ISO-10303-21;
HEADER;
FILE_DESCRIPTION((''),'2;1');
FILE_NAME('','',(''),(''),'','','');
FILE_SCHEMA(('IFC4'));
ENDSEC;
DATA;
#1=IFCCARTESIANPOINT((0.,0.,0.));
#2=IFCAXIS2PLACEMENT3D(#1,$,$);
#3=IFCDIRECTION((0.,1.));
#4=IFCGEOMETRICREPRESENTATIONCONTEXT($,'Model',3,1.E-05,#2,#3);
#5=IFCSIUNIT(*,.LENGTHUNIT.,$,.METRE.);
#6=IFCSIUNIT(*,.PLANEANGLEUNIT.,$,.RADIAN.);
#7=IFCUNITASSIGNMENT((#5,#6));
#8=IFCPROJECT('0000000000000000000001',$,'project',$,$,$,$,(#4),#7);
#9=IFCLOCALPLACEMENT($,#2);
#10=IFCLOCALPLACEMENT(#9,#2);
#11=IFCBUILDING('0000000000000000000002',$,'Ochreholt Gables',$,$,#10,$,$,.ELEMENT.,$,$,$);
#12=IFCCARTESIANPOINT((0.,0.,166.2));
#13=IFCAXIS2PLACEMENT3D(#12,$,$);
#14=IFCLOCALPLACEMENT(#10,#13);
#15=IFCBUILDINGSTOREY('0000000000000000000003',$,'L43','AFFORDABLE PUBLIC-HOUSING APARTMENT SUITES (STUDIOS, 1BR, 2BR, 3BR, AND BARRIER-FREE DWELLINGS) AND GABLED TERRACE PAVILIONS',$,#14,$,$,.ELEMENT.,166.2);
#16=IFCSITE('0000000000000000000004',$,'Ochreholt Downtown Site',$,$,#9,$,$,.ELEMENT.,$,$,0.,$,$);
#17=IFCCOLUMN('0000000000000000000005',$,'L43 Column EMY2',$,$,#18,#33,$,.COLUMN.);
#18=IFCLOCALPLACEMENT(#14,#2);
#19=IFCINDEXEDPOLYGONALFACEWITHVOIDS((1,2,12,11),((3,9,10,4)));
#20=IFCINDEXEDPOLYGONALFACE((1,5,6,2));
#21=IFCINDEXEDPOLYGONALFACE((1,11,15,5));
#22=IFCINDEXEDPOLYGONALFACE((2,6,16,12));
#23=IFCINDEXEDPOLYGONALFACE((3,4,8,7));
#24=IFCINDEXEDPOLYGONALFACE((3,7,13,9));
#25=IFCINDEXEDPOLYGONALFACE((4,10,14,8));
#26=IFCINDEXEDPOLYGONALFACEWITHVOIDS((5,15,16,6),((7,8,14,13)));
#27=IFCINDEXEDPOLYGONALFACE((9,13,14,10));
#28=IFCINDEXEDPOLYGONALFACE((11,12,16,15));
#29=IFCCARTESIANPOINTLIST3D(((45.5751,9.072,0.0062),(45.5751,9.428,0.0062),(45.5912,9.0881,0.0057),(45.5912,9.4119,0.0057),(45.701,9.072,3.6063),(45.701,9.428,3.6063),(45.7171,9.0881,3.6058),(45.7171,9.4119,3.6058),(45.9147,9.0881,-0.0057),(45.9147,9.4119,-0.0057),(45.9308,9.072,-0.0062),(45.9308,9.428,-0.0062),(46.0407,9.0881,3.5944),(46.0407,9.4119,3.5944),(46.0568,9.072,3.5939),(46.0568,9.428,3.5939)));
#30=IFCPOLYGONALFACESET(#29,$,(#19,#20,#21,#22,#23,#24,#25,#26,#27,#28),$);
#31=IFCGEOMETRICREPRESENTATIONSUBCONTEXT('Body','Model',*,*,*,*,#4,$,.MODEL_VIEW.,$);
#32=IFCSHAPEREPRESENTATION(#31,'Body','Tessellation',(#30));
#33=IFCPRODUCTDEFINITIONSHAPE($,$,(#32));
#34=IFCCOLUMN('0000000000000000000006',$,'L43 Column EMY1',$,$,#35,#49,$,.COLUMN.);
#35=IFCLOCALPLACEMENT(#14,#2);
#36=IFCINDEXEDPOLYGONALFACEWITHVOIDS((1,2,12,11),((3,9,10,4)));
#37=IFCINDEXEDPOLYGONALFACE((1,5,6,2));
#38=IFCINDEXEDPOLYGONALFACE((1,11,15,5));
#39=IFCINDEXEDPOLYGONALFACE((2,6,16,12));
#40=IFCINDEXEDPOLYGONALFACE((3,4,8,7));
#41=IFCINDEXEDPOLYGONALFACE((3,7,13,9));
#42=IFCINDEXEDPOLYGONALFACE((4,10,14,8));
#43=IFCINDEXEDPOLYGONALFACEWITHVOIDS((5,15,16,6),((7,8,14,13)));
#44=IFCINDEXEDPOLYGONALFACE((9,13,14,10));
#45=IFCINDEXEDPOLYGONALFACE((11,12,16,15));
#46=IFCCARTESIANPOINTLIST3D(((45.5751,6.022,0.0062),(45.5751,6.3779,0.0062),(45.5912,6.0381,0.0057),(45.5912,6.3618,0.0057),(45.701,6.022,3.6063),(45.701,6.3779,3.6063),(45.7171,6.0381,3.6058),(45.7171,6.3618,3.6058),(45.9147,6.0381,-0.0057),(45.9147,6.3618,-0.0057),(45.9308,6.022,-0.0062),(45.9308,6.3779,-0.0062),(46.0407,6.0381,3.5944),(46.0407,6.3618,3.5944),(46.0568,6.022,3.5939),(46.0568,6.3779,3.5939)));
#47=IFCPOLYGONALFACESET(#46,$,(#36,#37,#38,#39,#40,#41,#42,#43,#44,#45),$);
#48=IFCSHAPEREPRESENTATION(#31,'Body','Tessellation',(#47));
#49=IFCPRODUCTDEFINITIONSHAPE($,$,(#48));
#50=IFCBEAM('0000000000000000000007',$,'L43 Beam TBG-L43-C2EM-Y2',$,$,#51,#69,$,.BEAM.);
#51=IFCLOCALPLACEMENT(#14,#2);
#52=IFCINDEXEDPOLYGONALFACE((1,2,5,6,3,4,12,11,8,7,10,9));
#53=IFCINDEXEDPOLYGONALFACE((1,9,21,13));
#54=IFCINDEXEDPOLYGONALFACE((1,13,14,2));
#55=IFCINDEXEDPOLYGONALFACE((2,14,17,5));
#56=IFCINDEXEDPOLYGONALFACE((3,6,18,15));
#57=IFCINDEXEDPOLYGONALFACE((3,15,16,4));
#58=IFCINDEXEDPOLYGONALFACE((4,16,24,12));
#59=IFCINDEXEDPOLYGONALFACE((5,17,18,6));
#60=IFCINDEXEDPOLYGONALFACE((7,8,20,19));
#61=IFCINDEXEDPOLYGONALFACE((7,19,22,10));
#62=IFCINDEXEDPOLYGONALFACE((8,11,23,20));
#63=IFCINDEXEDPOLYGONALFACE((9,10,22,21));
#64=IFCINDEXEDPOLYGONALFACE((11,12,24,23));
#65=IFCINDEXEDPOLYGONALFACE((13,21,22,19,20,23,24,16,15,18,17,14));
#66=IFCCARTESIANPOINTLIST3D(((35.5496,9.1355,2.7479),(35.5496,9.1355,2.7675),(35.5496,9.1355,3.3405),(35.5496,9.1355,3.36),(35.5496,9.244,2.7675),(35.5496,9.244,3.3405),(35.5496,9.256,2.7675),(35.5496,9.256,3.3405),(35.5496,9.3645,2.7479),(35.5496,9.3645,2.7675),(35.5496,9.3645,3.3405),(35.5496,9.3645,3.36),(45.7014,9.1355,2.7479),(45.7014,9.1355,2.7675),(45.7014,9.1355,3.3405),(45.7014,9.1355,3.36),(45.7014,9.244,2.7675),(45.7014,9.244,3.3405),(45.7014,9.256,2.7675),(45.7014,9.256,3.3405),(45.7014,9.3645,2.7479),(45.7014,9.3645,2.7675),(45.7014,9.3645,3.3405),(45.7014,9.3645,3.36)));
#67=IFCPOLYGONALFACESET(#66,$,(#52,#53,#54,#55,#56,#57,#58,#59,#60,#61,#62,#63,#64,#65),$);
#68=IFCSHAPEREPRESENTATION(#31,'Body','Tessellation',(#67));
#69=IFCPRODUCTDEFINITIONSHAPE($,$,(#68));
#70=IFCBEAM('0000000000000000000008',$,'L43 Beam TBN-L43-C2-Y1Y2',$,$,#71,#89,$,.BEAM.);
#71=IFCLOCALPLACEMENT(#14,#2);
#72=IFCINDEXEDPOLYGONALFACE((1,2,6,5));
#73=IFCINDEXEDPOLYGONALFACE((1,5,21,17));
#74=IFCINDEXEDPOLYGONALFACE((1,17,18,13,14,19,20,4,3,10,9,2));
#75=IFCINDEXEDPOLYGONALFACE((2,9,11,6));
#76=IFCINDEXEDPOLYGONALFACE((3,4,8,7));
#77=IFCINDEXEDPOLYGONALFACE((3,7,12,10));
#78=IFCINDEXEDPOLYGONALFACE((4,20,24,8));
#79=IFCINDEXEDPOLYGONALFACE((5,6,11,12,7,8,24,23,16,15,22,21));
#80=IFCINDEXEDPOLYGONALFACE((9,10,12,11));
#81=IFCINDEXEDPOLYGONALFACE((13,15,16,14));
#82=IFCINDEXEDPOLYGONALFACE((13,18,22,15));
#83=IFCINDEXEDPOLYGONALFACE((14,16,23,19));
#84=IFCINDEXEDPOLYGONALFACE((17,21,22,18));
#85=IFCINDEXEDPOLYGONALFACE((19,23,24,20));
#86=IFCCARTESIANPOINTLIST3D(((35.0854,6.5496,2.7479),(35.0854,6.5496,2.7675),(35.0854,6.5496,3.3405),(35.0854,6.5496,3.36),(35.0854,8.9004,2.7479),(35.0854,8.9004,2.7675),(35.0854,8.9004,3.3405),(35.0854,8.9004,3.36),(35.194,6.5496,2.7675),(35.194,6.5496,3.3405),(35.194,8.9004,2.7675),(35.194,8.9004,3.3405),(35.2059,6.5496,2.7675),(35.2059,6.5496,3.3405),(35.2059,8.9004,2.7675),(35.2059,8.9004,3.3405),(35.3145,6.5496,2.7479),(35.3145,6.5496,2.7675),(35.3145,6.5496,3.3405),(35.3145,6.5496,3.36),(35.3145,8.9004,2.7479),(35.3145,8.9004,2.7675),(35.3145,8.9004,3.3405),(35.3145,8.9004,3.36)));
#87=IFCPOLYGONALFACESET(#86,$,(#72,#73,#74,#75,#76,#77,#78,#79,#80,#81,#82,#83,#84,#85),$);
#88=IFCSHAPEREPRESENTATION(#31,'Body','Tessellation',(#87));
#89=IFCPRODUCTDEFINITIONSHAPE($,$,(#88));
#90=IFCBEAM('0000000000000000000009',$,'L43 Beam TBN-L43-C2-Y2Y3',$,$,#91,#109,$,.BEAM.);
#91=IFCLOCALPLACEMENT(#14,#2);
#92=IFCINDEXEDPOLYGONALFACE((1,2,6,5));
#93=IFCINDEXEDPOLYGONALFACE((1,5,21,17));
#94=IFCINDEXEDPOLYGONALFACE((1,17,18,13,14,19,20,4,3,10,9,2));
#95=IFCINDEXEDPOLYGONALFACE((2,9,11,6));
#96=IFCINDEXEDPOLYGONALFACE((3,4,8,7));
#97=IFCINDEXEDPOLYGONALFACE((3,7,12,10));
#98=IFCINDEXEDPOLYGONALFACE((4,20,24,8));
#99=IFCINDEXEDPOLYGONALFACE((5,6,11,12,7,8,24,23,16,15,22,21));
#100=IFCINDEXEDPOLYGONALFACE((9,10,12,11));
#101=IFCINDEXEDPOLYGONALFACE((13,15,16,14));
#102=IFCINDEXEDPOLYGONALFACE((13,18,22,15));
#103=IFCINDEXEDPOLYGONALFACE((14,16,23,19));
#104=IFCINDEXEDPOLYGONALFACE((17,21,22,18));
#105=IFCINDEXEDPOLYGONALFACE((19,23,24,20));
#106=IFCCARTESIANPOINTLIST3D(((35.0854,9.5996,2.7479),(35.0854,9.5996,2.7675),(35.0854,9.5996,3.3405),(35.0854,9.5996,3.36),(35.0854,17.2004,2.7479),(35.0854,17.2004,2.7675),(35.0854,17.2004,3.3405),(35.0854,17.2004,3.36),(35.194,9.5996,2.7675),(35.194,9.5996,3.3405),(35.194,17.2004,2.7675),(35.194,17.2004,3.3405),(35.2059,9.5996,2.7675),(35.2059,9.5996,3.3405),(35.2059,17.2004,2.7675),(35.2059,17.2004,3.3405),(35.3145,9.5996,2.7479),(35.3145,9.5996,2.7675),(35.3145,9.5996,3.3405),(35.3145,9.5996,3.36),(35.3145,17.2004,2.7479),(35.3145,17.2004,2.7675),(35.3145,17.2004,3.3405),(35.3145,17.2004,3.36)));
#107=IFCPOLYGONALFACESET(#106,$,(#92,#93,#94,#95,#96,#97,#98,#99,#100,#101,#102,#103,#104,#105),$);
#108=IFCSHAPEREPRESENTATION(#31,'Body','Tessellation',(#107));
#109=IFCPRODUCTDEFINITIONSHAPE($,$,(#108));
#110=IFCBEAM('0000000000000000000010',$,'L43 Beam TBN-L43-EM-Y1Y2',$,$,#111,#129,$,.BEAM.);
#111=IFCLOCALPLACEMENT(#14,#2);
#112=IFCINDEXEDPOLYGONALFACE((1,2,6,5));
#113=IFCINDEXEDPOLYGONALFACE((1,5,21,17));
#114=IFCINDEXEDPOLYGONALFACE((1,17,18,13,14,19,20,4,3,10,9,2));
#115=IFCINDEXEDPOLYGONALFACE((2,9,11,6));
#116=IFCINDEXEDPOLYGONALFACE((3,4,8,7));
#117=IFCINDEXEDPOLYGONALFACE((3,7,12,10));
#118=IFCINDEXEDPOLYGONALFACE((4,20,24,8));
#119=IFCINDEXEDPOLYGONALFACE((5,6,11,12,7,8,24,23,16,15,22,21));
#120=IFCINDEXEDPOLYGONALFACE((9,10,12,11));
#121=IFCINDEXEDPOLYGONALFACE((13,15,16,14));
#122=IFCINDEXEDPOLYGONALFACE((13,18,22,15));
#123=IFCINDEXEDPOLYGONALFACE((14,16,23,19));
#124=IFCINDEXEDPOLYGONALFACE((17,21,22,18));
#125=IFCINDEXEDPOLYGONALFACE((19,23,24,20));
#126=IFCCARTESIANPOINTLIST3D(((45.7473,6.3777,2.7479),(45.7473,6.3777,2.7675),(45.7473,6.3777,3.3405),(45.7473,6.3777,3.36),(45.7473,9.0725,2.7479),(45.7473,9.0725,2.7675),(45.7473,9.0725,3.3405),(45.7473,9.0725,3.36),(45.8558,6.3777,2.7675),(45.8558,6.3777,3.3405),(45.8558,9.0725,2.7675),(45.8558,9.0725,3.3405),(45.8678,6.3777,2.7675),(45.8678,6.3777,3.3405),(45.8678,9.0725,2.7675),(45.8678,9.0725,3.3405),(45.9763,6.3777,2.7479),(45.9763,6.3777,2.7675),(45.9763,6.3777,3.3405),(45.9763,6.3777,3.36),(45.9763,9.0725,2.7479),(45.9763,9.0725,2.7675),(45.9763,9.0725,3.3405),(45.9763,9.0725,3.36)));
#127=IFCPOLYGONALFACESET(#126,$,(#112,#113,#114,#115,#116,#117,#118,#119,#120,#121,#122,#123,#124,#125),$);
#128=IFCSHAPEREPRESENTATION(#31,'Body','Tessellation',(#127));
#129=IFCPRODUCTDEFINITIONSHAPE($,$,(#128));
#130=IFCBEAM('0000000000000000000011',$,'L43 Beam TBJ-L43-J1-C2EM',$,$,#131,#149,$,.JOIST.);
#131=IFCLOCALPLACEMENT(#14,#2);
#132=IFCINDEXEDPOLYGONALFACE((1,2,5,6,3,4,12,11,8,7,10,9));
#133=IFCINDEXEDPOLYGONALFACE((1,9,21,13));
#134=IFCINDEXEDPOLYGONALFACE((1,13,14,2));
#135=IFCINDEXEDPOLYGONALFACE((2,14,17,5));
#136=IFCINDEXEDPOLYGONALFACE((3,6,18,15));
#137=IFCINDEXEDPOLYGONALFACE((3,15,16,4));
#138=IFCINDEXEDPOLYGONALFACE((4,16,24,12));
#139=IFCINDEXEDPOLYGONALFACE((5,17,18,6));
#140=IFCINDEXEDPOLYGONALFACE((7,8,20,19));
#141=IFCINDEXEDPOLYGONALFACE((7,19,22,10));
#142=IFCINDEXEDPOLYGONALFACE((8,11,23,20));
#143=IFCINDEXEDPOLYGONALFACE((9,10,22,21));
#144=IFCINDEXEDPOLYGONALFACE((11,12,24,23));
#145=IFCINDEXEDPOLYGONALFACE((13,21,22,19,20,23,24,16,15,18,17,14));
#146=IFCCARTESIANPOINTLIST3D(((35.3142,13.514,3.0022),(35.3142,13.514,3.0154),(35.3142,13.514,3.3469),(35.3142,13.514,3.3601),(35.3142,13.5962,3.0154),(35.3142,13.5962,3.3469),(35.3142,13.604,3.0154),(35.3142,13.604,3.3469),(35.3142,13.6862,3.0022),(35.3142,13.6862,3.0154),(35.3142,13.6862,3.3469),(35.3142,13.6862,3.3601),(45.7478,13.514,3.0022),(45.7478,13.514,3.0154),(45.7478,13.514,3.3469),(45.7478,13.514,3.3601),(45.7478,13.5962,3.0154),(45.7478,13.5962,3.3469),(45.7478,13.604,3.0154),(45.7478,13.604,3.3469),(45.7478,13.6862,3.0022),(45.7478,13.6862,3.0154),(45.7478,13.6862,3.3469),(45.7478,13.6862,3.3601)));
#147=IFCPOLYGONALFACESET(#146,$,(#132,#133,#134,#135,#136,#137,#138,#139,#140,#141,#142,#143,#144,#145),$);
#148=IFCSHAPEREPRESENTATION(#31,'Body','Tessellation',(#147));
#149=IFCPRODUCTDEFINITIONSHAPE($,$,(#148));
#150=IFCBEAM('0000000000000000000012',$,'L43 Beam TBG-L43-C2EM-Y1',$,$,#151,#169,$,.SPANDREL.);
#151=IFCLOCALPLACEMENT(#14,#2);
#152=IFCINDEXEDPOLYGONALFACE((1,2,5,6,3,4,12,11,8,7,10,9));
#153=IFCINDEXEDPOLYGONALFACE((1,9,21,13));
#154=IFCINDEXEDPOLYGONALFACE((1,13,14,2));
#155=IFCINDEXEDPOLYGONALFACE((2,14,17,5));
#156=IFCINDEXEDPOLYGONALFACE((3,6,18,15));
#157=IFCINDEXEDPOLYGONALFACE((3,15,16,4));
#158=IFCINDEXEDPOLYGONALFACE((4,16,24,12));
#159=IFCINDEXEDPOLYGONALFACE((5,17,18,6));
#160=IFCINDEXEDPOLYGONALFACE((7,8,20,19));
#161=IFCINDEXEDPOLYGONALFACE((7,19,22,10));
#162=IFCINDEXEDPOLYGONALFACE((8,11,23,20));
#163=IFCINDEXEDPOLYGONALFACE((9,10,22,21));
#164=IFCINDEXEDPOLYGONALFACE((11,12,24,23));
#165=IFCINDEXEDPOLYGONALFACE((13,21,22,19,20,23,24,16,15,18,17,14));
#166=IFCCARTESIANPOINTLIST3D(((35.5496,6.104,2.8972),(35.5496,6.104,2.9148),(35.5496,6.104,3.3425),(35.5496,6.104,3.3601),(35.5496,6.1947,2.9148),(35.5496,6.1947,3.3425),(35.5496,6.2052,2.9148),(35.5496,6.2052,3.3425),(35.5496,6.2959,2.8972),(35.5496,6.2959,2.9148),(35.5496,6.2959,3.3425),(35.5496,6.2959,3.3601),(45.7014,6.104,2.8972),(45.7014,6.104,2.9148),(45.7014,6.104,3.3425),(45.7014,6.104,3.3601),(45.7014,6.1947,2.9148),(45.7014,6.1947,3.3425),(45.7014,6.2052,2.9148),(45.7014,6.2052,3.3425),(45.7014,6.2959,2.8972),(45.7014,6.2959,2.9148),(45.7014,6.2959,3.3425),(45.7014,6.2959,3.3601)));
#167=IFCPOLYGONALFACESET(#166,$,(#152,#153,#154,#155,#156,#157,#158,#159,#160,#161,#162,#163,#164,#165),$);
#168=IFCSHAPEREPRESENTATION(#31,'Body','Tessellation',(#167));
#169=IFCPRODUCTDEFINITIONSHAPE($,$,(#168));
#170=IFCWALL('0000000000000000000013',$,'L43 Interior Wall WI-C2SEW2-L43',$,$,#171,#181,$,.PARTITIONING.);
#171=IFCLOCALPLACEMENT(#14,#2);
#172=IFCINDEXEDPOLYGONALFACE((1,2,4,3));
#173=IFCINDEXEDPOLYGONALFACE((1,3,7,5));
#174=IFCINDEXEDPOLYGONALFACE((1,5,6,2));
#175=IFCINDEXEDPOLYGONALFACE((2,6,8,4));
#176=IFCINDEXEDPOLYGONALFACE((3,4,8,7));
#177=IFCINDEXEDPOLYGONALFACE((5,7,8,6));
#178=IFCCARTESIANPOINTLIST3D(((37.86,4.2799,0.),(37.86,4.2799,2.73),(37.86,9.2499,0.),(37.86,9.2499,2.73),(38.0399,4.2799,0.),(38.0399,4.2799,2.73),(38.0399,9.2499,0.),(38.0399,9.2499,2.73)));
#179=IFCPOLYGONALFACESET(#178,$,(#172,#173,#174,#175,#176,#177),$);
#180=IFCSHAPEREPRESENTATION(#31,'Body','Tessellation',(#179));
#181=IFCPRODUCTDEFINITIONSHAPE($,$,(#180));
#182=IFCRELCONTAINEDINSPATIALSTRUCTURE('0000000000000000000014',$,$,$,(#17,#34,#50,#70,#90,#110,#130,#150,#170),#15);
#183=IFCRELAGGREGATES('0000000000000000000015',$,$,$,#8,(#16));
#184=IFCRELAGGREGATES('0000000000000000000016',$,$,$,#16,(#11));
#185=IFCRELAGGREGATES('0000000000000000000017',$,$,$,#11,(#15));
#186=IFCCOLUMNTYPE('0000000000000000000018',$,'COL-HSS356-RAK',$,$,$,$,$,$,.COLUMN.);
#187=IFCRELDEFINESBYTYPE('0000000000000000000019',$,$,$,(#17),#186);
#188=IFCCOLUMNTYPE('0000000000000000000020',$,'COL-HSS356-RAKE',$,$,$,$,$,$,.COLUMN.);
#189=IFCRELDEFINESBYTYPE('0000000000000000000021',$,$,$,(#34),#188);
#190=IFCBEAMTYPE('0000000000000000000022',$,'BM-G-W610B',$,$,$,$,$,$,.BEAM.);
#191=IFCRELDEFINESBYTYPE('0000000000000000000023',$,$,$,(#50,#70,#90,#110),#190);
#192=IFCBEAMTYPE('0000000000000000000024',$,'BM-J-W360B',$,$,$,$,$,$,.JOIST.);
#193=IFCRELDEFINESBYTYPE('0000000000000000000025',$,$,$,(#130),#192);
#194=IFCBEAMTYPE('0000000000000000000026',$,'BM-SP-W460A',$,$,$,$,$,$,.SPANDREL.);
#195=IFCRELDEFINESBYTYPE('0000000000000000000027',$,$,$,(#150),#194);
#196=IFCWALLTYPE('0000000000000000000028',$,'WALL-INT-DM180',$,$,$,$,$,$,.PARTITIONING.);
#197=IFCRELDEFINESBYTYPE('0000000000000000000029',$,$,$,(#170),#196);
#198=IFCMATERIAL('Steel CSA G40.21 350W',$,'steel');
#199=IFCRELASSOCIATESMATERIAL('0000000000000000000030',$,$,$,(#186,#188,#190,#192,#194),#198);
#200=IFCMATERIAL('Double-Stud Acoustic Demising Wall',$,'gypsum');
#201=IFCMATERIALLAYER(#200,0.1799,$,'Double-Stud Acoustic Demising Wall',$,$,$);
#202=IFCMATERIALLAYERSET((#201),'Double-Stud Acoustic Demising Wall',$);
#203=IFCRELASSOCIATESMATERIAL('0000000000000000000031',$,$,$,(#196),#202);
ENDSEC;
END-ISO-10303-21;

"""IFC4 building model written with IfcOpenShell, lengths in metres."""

from ifc_helpers import new_model, si_unit, direction, frame, frame_2d, origin, origin_2d, place, context, subcontext, project, spatial, rectangle, hollow_rectangle, i_section, extrude, material, layer, layer_set, material_profile, profile_set, type_object, element, save


model = new_model("IFC4")

# Units and contexts
model_context = context("Model", 3, precision=1e-05, world=origin(), true_north=direction((0.0, 1.0)))
body_context = subcontext(model_context, "Body", "Model", "MODEL_VIEW")
ifc_project = project(units=[si_unit("LENGTHUNIT", "METRE"), si_unit("PLANEANGLEUNIT", "RADIAN")], contexts=[model_context])

# Site, building, storey
site_placement = place(None, origin())
site = spatial("IfcSite", under=ifc_project, at=site_placement, Name="Ochreholt Downtown Site", CompositionType="ELEMENT", RefElevation=0.0)
building_placement = place(site_placement, origin())
building = spatial("IfcBuilding", under=site, at=building_placement, Name="Ochreholt Gables", CompositionType="ELEMENT")
storey_placement = place(building_placement, frame((0.0, 0.0, 166.2)))
storey = spatial("IfcBuildingStorey", under=building, at=storey_placement, Name="L43", Description="AFFORDABLE PUBLIC-HOUSING APARTMENT SUITES (STUDIOS, 1BR, 2BR, 3BR, AND BARRIER-FREE DWELLINGS) AND GABLED TERRACE PAVILIONS", CompositionType="ELEMENT", Elevation=166.2)

# Columns
ifc_material_1 = material(Name="Steel CSA G40.21 350W", Category="steel")
ifc_material_profile_1 = material_profile(ifc_material_1, hollow_rectangle(XDim=0.356, YDim=0.356, WallThickness=0.0161, at=origin_2d()), Name="HSS356X356X16")
ifc_profile_set_1 = profile_set([ifc_material_profile_1], Name="Steel CSA G40.21 350W")
column_type_1 = type_object("IfcColumnType", Name="COL-HSS356-RAK", PredefinedType="COLUMN", material=ifc_profile_set_1)
column_1_placement = place(storey_placement, frame((45.7529, 9.25, 0.0), z_axis=(0.034971, 0.0, 0.999388), x_axis=(0.0, 1.0, 0.0)))
element("IfcColumn", 1, at=column_1_placement, inside=storey, type_object=column_type_1, Name="L43 Column EMY2", PredefinedType="COLUMN", context=body_context, shape_type="SweptSolid", body=[
    extrude(hollow_rectangle(XDim=0.356, YDim=0.356, WallThickness=0.0161, at=origin_2d()), origin(), (0.0, 0.0, 1.0), 3.6023),
])
ifc_material_profile_2 = material_profile(ifc_material_1, hollow_rectangle(XDim=0.356, YDim=0.356, WallThickness=0.0161, at=origin_2d()), Name="HSS356X356X16")
ifc_profile_set_2 = profile_set([ifc_material_profile_2], Name="Steel CSA G40.21 350W")
column_type_2 = type_object("IfcColumnType", Name="COL-HSS356-RAKE", PredefinedType="COLUMN", material=ifc_profile_set_2)
column_2_placement = place(storey_placement, frame((45.7529, 6.2, 0.0), z_axis=(0.034971, 0.0, 0.999388), x_axis=(0.0, 1.0, 0.0)))
element("IfcColumn", 2, at=column_2_placement, inside=storey, type_object=column_type_2, Name="L43 Column EMY1", PredefinedType="COLUMN", context=body_context, shape_type="SweptSolid", body=[
    extrude(hollow_rectangle(XDim=0.356, YDim=0.356, WallThickness=0.0161, at=origin_2d()), origin(), (0.0, 0.0, 1.0), 3.6023),
])

# Beams
ifc_material_profile_3 = material_profile(ifc_material_1, i_section(OverallWidth=0.229, OverallDepth=0.6121, WebThickness=0.012, FlangeThickness=0.0195, at=origin_2d()), Name="W610X125")
ifc_profile_set_3 = profile_set([ifc_material_profile_3], Name="Steel CSA G40.21 350W")
beam_type_1 = type_object("IfcBeamType", Name="BM-G-W610B", PredefinedType="BEAM", material=ifc_profile_set_3)
beam_1_placement = place(storey_placement, frame((35.5496, 9.25, 3.054), z_axis=(1.0, 0.0, 0.0), x_axis=(0.0, 1.0, 0.0)))
element("IfcBeam", 3, at=beam_1_placement, inside=storey, type_object=beam_type_1, Name="L43 Beam TBG-L43-C2EM-Y2", PredefinedType="BEAM", context=body_context, shape_type="SweptSolid", body=[
    extrude(i_section(OverallWidth=0.229, OverallDepth=0.6121, WebThickness=0.012, FlangeThickness=0.0195, at=origin_2d()), origin(), (0.0, 0.0, 1.0), 10.1519),
])
beam_2_placement = place(storey_placement, frame((35.2, 6.5496, 3.054), z_axis=(0.0, 1.0, 0.0), x_axis=(-1.0, 0.0, 0.0)))
element("IfcBeam", 4, at=beam_2_placement, inside=storey, type_object=beam_type_1, Name="L43 Beam TBN-L43-C2-Y1Y2", PredefinedType="BEAM", context=body_context, shape_type="SweptSolid", body=[
    extrude(i_section(OverallWidth=0.229, OverallDepth=0.6121, WebThickness=0.012, FlangeThickness=0.0195, at=origin_2d()), origin(), (0.0, 0.0, 1.0), 2.3508),
])
beam_3_placement = place(storey_placement, frame((35.2, 9.5996, 3.054), z_axis=(0.0, 1.0, 0.0), x_axis=(-1.0, 0.0, 0.0)))
element("IfcBeam", 5, at=beam_3_placement, inside=storey, type_object=beam_type_1, Name="L43 Beam TBN-L43-C2-Y2Y3", PredefinedType="BEAM", context=body_context, shape_type="SweptSolid", body=[
    extrude(i_section(OverallWidth=0.229, OverallDepth=0.6121, WebThickness=0.012, FlangeThickness=0.0195, at=origin_2d()), origin(), (0.0, 0.0, 1.0), 7.6008),
])
beam_4_placement = place(storey_placement, frame((45.8618, 6.3777, 3.054), z_axis=(0.0, 1.0, 0.0), x_axis=(-1.0, 0.0, 0.0)))
element("IfcBeam", 6, at=beam_4_placement, inside=storey, type_object=beam_type_1, Name="L43 Beam TBN-L43-EM-Y1Y2", PredefinedType="BEAM", context=body_context, shape_type="SweptSolid", body=[
    extrude(i_section(OverallWidth=0.229, OverallDepth=0.6121, WebThickness=0.012, FlangeThickness=0.0195, at=origin_2d()), origin(), (0.0, 0.0, 1.0), 2.6948),
])
ifc_material_profile_4 = material_profile(ifc_material_1, i_section(OverallWidth=0.1721, OverallDepth=0.3579, WebThickness=0.0078, FlangeThickness=0.0132, at=origin_2d()), Name="W360X57")
ifc_profile_set_4 = profile_set([ifc_material_profile_4], Name="Steel CSA G40.21 350W")
beam_type_2 = type_object("IfcBeamType", Name="BM-J-W360B", PredefinedType="JOIST", material=ifc_profile_set_4)
beam_5_placement = place(storey_placement, frame((35.3142, 13.6001, 3.1812), z_axis=(1.0, 0.0, 0.0), x_axis=(0.0, 1.0, 0.0)))
element("IfcBeam", 7, at=beam_5_placement, inside=storey, type_object=beam_type_2, Name="L43 Beam TBJ-L43-J1-C2EM", PredefinedType="JOIST", context=body_context, shape_type="SweptSolid", body=[
    extrude(i_section(OverallWidth=0.1721, OverallDepth=0.3579, WebThickness=0.0078, FlangeThickness=0.0132, at=origin_2d()), origin(), (0.0, 0.0, 1.0), 10.4336),
])
ifc_material_profile_5 = material_profile(ifc_material_1, i_section(OverallWidth=0.1919, OverallDepth=0.4629, WebThickness=0.0105, FlangeThickness=0.0176, at=origin_2d()), Name="W460X89")
ifc_profile_set_5 = profile_set([ifc_material_profile_5], Name="Steel CSA G40.21 350W")
beam_type_3 = type_object("IfcBeamType", Name="BM-SP-W460A", PredefinedType="SPANDREL", material=ifc_profile_set_5)
beam_6_placement = place(storey_placement, frame((35.5496, 6.2, 3.1287), z_axis=(1.0, 0.0, 0.0), x_axis=(0.0, 1.0, 0.0)))
element("IfcBeam", 8, at=beam_6_placement, inside=storey, type_object=beam_type_3, Name="L43 Beam TBG-L43-C2EM-Y1", PredefinedType="SPANDREL", context=body_context, shape_type="SweptSolid", body=[
    extrude(i_section(OverallWidth=0.1919, OverallDepth=0.4629, WebThickness=0.0105, FlangeThickness=0.0176, at=origin_2d()), origin(), (0.0, 0.0, 1.0), 10.1519),
])

# Shared definitions
ifc_material_2 = material(Name="Double-Stud Acoustic Demising Wall", Category="gypsum")
ifc_layer_1 = layer(ifc_material_2, 0.1799, Name="Double-Stud Acoustic Demising Wall")
ifc_layer_set_1 = layer_set([ifc_layer_1], Name="Double-Stud Acoustic Demising Wall")
wall_type_1 = type_object("IfcWallType", Name="WALL-INT-DM180", PredefinedType="PARTITIONING", material=ifc_layer_set_1)

# Wall
wall_1_placement = place(storey_placement, frame((37.95, 4.28, 0.0), z_axis=(0.0, 0.0, 1.0), x_axis=(0.0, 1.0, 0.0)))
element("IfcWall", 9, at=wall_1_placement, inside=storey, type_object=wall_type_1, Name="L43 Interior Wall WI-C2SEW2-L43", PredefinedType="PARTITIONING", context=body_context, shape_type="SweptSolid", body=[
    extrude(rectangle(XDim=4.97, YDim=0.1799, at=frame_2d((2.4849, 0.0))), origin(), (0.0, 0.0, 1.0), 2.73),
])

save(model, "model.ifc")
